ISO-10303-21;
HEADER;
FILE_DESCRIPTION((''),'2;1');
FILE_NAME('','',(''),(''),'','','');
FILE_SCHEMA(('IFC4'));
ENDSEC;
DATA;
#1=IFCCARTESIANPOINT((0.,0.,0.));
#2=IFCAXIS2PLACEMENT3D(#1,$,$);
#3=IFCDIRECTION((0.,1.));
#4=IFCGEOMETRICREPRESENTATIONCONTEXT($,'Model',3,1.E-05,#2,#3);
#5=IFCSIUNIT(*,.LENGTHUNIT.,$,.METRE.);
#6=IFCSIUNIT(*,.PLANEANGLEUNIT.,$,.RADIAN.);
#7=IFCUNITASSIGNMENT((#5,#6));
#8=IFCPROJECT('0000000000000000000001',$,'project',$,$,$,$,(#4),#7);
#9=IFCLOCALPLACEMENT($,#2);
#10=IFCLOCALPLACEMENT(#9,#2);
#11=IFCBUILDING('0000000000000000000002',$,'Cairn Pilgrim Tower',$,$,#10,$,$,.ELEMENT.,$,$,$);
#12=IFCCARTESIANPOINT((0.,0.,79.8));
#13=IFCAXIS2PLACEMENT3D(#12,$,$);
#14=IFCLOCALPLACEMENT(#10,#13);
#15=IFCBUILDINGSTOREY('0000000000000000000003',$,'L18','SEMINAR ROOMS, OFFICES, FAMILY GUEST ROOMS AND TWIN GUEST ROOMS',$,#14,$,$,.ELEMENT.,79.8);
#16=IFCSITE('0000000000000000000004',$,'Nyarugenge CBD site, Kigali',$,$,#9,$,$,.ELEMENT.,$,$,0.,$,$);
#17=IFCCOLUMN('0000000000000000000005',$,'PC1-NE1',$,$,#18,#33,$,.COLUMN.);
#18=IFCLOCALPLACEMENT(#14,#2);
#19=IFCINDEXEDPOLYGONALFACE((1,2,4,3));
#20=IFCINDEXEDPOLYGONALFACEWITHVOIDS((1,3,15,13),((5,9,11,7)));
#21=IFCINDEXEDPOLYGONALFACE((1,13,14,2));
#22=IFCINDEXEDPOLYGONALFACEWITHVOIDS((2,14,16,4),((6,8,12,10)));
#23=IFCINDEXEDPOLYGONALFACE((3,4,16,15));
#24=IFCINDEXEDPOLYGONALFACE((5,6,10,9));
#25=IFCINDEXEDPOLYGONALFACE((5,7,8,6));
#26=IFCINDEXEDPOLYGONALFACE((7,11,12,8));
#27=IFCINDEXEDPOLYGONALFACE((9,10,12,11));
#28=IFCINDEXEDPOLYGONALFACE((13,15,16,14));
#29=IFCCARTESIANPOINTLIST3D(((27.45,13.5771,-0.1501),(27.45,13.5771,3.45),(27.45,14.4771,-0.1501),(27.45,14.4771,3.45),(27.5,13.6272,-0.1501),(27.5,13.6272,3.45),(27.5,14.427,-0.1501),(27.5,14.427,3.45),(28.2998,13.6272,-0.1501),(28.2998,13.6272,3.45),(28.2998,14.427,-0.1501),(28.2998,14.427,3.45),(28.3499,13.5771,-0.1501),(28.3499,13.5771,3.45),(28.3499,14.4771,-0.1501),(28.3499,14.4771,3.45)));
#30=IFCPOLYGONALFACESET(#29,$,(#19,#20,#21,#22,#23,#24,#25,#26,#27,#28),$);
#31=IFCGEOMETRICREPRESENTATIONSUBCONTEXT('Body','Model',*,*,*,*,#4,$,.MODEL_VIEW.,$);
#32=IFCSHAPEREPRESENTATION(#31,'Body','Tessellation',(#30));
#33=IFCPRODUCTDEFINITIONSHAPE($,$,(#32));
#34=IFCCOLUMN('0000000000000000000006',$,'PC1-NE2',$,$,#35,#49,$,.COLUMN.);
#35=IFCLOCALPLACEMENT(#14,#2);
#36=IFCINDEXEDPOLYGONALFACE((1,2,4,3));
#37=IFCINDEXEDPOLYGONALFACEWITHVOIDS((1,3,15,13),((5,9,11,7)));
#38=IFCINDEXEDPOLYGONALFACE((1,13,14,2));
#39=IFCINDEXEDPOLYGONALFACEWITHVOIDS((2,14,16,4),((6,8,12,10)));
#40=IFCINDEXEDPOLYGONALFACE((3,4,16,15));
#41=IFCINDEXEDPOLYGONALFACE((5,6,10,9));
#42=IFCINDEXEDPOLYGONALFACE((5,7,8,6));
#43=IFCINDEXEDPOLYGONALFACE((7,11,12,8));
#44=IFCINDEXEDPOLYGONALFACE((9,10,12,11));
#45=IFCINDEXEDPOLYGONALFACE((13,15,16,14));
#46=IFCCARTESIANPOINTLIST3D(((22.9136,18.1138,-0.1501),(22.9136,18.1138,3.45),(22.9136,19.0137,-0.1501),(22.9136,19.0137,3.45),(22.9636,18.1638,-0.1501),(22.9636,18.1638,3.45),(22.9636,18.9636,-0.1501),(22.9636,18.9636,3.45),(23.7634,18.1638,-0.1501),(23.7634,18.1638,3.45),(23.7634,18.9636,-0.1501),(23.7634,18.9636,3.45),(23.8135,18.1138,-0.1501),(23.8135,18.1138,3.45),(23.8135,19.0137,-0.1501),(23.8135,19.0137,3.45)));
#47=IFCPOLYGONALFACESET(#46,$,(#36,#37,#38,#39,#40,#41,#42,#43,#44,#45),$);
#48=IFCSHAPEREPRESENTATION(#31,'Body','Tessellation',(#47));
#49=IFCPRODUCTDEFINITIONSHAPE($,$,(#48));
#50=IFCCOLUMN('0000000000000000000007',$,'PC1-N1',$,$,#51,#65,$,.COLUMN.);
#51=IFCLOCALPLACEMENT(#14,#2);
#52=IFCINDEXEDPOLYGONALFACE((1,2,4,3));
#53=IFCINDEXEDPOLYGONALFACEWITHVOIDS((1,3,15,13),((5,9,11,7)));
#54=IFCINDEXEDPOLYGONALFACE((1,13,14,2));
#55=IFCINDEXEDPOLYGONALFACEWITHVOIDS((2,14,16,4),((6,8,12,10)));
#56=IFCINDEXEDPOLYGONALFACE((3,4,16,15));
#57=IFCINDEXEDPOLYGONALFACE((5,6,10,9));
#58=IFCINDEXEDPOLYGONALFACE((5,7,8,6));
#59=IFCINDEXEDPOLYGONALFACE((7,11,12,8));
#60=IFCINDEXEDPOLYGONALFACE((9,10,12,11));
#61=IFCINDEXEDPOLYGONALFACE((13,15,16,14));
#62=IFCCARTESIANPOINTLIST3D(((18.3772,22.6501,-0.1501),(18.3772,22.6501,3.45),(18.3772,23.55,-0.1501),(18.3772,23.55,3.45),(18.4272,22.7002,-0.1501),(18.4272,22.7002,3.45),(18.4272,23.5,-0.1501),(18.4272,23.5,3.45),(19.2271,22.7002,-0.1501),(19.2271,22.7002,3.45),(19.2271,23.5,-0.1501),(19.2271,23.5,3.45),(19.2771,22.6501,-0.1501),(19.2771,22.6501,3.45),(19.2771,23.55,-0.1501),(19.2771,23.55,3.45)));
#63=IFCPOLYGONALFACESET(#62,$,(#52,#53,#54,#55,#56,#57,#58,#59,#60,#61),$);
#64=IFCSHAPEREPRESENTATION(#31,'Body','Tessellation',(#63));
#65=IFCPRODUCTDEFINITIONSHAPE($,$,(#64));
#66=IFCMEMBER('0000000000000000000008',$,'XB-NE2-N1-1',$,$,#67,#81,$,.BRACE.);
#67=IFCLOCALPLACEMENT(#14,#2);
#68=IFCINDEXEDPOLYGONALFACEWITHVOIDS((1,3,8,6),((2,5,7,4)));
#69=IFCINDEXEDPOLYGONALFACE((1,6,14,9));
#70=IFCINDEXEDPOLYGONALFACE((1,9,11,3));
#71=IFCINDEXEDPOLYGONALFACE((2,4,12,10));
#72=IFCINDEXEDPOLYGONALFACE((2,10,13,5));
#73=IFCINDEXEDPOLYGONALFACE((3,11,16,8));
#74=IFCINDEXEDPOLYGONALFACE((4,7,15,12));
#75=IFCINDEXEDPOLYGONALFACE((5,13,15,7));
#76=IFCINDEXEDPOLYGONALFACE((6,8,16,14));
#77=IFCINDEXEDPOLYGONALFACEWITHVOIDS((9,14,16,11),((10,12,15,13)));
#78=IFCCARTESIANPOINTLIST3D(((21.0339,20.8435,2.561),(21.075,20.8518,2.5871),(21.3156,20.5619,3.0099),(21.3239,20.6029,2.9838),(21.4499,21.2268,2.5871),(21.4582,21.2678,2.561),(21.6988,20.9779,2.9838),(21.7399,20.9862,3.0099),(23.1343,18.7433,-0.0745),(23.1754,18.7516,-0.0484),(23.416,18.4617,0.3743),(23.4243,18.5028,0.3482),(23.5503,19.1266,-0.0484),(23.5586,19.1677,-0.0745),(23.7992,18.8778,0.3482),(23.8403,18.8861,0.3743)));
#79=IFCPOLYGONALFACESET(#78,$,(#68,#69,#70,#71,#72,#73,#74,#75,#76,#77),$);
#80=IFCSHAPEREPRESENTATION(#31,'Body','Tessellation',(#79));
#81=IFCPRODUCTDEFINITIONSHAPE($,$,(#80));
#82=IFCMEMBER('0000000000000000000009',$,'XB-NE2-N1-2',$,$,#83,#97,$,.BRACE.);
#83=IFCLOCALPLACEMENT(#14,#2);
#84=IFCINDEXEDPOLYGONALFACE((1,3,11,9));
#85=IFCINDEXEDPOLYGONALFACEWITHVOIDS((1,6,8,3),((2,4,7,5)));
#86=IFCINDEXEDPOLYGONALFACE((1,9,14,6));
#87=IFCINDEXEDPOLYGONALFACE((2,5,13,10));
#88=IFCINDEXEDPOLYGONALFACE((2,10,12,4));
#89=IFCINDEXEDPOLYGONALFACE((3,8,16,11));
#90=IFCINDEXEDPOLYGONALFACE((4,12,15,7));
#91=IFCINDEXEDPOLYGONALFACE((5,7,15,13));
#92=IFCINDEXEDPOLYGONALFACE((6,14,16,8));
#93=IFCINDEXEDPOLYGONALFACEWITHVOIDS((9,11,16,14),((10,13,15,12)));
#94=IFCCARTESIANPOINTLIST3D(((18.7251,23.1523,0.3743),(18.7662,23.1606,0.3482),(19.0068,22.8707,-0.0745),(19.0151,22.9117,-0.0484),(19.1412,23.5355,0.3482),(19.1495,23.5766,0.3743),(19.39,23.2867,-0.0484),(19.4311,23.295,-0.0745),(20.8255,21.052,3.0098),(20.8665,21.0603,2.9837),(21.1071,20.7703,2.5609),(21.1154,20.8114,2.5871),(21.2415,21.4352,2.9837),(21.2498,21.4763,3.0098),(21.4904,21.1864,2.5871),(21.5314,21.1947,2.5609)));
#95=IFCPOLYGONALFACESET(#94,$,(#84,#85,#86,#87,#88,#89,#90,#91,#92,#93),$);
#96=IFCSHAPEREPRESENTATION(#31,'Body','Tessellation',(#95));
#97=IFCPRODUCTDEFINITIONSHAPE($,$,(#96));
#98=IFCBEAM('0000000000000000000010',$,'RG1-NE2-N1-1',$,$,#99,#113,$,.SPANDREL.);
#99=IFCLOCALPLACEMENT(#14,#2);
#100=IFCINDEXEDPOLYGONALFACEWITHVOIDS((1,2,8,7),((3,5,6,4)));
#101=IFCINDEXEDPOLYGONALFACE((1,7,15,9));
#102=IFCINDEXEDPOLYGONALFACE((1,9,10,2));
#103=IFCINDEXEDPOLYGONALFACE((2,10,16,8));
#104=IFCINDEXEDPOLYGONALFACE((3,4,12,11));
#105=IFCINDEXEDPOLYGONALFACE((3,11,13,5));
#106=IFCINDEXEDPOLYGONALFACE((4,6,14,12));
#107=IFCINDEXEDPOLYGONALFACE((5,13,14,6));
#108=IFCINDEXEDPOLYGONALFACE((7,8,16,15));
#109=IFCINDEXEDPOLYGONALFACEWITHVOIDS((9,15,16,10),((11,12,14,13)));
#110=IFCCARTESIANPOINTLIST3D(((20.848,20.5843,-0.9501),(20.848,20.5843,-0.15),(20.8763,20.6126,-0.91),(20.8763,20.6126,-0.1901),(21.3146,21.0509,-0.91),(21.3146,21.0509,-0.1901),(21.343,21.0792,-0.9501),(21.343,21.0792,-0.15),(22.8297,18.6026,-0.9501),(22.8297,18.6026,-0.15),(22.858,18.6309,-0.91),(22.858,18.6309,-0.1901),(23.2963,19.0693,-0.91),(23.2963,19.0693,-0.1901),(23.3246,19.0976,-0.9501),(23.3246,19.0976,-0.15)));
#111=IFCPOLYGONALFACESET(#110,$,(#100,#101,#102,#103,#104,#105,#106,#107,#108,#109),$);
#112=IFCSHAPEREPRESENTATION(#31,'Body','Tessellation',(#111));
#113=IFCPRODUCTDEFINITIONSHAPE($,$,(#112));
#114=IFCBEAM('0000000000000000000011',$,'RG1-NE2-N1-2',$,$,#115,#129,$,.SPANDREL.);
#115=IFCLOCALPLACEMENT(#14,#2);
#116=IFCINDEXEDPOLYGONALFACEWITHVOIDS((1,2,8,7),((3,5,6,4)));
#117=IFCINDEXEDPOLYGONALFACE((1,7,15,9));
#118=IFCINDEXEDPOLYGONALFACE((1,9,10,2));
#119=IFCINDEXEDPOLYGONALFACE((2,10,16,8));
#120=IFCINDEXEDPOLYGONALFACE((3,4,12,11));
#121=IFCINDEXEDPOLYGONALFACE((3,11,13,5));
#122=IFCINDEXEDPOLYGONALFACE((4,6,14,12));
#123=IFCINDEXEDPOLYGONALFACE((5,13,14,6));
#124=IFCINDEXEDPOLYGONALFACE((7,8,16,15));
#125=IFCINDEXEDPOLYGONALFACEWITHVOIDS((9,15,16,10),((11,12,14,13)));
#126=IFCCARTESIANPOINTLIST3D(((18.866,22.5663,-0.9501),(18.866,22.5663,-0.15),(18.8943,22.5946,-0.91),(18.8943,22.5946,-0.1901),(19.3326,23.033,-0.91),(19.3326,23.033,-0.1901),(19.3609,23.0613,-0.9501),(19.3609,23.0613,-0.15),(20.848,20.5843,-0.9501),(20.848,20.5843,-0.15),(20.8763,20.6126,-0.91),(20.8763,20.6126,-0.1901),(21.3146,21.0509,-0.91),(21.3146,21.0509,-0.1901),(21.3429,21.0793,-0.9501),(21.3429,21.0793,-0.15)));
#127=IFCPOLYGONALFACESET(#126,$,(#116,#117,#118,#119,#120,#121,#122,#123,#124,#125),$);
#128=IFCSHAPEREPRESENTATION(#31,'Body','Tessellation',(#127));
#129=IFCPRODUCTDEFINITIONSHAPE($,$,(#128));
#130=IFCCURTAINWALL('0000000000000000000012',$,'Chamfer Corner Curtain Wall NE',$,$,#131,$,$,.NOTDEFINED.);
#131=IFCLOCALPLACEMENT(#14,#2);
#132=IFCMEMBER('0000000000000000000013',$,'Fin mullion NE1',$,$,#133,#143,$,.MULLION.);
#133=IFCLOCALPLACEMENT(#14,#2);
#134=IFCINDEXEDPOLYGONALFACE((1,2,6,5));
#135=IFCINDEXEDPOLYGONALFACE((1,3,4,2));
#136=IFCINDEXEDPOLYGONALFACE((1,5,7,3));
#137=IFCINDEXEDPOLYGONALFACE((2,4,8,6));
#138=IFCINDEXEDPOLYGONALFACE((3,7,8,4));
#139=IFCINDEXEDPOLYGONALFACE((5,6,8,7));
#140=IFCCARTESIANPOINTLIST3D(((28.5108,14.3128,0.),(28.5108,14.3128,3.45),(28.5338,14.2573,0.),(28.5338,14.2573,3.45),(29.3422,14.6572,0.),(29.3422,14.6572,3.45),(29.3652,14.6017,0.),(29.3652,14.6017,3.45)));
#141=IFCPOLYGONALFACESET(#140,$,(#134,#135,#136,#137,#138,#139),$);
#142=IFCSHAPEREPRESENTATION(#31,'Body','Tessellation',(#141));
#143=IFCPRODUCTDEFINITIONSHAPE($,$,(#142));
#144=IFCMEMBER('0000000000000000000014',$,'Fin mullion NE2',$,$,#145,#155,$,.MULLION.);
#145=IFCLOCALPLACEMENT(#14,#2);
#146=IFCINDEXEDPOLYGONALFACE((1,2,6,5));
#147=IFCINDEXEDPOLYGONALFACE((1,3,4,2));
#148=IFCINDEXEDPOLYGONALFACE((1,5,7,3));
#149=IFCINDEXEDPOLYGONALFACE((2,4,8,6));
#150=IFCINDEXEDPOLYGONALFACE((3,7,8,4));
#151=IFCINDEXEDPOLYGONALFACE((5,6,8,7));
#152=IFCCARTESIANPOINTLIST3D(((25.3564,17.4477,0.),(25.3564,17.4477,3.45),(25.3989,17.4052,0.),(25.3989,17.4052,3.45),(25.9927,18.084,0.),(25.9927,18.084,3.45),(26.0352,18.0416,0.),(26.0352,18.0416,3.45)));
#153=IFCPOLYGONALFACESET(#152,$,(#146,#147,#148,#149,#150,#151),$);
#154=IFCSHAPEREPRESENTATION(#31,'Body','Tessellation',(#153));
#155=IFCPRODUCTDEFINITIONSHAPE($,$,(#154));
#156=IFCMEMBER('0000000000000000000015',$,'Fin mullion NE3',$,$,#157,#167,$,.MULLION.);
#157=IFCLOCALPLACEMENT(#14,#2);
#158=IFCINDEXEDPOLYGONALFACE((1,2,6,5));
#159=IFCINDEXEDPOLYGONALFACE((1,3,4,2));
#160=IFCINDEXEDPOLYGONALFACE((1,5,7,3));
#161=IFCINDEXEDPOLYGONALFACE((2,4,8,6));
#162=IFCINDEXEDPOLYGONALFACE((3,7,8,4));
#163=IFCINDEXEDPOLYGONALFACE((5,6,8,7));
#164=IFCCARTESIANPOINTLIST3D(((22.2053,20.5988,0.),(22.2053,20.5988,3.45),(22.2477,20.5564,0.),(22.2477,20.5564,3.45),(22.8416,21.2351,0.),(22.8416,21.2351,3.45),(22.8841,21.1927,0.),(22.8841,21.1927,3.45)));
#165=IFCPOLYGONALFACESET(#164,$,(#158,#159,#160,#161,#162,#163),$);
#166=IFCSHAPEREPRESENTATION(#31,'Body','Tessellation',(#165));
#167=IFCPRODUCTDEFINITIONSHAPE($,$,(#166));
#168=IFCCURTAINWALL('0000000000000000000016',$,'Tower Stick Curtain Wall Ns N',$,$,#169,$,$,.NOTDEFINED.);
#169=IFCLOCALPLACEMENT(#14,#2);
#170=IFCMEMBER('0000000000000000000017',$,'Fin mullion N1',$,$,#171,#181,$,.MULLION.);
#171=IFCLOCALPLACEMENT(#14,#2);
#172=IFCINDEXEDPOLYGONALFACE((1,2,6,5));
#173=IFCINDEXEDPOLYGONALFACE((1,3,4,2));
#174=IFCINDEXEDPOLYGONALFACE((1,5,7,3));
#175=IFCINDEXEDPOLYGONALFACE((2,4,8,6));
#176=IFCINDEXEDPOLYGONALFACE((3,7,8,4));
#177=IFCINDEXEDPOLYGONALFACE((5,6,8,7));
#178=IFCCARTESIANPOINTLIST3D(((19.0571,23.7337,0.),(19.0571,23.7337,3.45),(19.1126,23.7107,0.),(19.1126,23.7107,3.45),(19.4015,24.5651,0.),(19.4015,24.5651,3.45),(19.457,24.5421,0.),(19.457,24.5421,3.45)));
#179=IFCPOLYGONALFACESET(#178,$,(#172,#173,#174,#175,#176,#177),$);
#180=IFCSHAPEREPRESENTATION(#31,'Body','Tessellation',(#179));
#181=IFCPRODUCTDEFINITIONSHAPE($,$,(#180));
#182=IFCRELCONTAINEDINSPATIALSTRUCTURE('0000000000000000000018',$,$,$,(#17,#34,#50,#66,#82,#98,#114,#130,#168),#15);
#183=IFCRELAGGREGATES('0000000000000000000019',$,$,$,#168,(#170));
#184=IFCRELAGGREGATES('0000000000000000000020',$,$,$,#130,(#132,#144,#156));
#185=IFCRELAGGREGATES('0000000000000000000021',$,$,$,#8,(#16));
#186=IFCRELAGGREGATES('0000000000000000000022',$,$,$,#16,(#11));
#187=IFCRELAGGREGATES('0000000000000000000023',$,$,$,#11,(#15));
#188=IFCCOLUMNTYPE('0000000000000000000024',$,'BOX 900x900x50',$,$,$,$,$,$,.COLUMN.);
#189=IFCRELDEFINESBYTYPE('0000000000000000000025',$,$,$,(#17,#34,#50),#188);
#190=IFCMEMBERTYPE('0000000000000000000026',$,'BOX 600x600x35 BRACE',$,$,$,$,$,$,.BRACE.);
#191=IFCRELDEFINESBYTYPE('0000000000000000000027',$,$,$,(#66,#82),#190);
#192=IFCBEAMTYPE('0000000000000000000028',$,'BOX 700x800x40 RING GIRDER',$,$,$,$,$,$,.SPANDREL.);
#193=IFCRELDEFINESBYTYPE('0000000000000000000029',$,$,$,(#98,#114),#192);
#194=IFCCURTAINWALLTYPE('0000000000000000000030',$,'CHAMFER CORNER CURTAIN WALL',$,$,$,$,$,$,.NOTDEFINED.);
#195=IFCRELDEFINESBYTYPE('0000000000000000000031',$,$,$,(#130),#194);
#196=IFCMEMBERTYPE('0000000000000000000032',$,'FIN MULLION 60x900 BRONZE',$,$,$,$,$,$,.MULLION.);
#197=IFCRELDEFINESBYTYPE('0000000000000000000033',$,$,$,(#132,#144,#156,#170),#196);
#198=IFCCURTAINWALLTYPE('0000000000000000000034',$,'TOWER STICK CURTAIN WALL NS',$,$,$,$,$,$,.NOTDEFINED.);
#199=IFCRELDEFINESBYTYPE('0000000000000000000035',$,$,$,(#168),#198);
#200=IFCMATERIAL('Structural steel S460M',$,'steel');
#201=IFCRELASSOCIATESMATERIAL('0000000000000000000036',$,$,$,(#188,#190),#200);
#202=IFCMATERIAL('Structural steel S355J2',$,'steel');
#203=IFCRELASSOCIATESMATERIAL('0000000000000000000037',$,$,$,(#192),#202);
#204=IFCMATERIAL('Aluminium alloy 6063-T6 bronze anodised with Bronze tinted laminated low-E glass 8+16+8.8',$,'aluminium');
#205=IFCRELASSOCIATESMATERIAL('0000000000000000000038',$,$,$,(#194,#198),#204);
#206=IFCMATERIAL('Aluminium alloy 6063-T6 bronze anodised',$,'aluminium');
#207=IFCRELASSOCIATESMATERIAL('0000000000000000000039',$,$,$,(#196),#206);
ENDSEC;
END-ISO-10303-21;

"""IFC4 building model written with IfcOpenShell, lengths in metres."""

from ifc_helpers import new_model, si_unit, direction, frame, origin, origin_2d, place, context, subcontext, project, spatial, rectangle, hollow_rectangle, extrude, material, material_profile, profile_set, type_object, element, aggregate, save


model = new_model("IFC4")

# Units and contexts
model_context = context("Model", 3, precision=1e-05, world=origin(), true_north=direction((0.0, 1.0)))
body_context = subcontext(model_context, "Body", "Model", "MODEL_VIEW")
ifc_project = project(units=[si_unit("LENGTHUNIT", "METRE"), si_unit("PLANEANGLEUNIT", "RADIAN")], contexts=[model_context])

# Site, building, storey
site_placement = place(None, origin())
site = spatial("IfcSite", under=ifc_project, at=site_placement, Name="Nyarugenge CBD site, Kigali", CompositionType="ELEMENT", RefElevation=0.0)
building_placement = place(site_placement, origin())
building = spatial("IfcBuilding", under=site, at=building_placement, Name="Cairn Pilgrim Tower", CompositionType="ELEMENT")
storey_placement = place(building_placement, frame((0.0, 0.0, 79.8)))
storey = spatial("IfcBuildingStorey", under=building, at=storey_placement, Name="L18", Description="SEMINAR ROOMS, OFFICES, FAMILY GUEST ROOMS AND TWIN GUEST ROOMS", CompositionType="ELEMENT", Elevation=79.8)

# Columns
ifc_material_1 = material(Name="Structural steel S460M", Category="steel")
ifc_material_profile_1 = material_profile(ifc_material_1, hollow_rectangle(XDim=0.8999, YDim=0.8999, WallThickness=0.05, at=origin_2d()), Name="BOX 900x900x50")
ifc_profile_set_1 = profile_set([ifc_material_profile_1], Name="Structural steel S460M")
column_type = type_object("IfcColumnType", Name="BOX 900x900x50", PredefinedType="COLUMN", material=ifc_profile_set_1)
for number, where, z_axis, x_axis, name in (
    (1, (27.8999, 14.0271, -0.1501), (0.0, 0.0, 1.0), (1.0, 0.0, 0.0), "PC1-NE1"),
    (2, (23.3635, 18.5637, -0.1501), (0.0, 0.0, 1.0), (1.0, 0.0, 0.0), "PC1-NE2"),
    (3, (18.8271, 23.1001, -0.1501), (0.0, 0.0, 1.0), (1.0, 0.0, 0.0), "PC1-N1"),
):
    element("IfcColumn", number, at=place(storey_placement, frame(where, z_axis=z_axis, x_axis=x_axis)), inside=storey, type_object=column_type, Name=name, PredefinedType="COLUMN", context=body_context, shape_type="SweptSolid", body=[
        extrude(hollow_rectangle(XDim=0.8999, YDim=0.8999, WallThickness=0.05, at=origin_2d()), origin(), (0.0, 0.0, 1.0), 3.6001),
    ])

# Members
ifc_material_profile_2 = material_profile(ifc_material_1, hollow_rectangle(XDim=0.6001, YDim=0.6001, WallThickness=0.0349, at=origin_2d()), Name="BOX 600x600x35")
ifc_profile_set_2 = profile_set([ifc_material_profile_2], Name="Structural steel S460M")
member_type_1 = type_object("IfcMemberType", Name="BOX 600x600x35 BRACE", PredefinedType="BRACE", material=ifc_profile_set_2)
for number, where, z_axis, x_axis, name in (
    (4, (23.4873, 18.8147, 0.1499), (-0.528939, 0.528878, 0.66371), (-0.707066, -0.707148, 0.0), "XB-NE2-N1-1"),
    (5, (19.0781, 23.2236, 0.1499), (0.528922, -0.528922, 0.663689), (0.707107, 0.707107, 0.0), "XB-NE2-N1-2"),
):
    element("IfcMember", number, at=place(storey_placement, frame(where, z_axis=z_axis, x_axis=x_axis)), inside=storey, type_object=member_type_1, Name=name, PredefinedType="BRACE", context=body_context, shape_type="SweptSolid", body=[
        extrude(hollow_rectangle(XDim=0.6001, YDim=0.6001, WallThickness=0.0349, at=origin_2d()), origin(), (0.0, 0.0, 1.0), 3.9709),
    ])

# Beams
ifc_material_2 = material(Name="Structural steel S355J2", Category="steel")
ifc_material_profile_3 = material_profile(ifc_material_2, hollow_rectangle(XDim=0.7, YDim=0.8, WallThickness=0.04, at=origin_2d()), Name="BOX 700x800x40")
ifc_profile_set_3 = profile_set([ifc_material_profile_3], Name="Structural steel S355J2")
beam_type_1 = type_object("IfcBeamType", Name="BOX 700x800x40 RING GIRDER", PredefinedType="SPANDREL", material=ifc_profile_set_3)
beam_1_placement = place(storey_placement, frame((23.0771, 18.8501, -0.55), z_axis=(-0.707107, 0.707107, 0.0), x_axis=(-0.707107, -0.707107, 0.0)))
element("IfcBeam", 6, at=beam_1_placement, inside=storey, type_object=beam_type_1, Name="RG1-NE2-N1-1", PredefinedType="SPANDREL", context=body_context, shape_type="SweptSolid", body=[
    extrude(hollow_rectangle(XDim=0.7, YDim=0.8, WallThickness=0.04, at=origin_2d()), origin(), (0.0, 0.0, 1.0), 2.8025),
])
beam_2_placement = place(storey_placement, frame((21.0955, 20.8318, -0.55), z_axis=(-0.707107, 0.707107, 0.0), x_axis=(-0.707107, -0.707107, 0.0)))
element("IfcBeam", 7, at=beam_2_placement, inside=storey, type_object=beam_type_1, Name="RG1-NE2-N1-2", PredefinedType="SPANDREL", context=body_context, shape_type="SweptSolid", body=[
    extrude(hollow_rectangle(XDim=0.7, YDim=0.8, WallThickness=0.04, at=origin_2d()), origin(), (0.0, 0.0, 1.0), 2.803),
])

# Curtain wall, members
ifc_material_3 = material(Name="Aluminium alloy 6063-T6 bronze anodised with Bronze tinted laminated low-E glass 8+16+8.8", Category="aluminium")
curtain_wall_type_1 = type_object("IfcCurtainWallType", Name="CHAMFER CORNER CURTAIN WALL", PredefinedType="NOTDEFINED", material=ifc_material_3)
curtain_wall_1_placement = place(storey_placement, origin())
curtain_wall_1 = element("IfcCurtainWall", 8, at=curtain_wall_1_placement, inside=storey, type_object=curtain_wall_type_1, Name="Chamfer Corner Curtain Wall NE", PredefinedType="NOTDEFINED")
ifc_material_4 = material(Name="Aluminium alloy 6063-T6 bronze anodised", Category="aluminium")
ifc_material_profile_4 = material_profile(ifc_material_4, rectangle(XDim=0.8999, YDim=0.0601, at=origin_2d()), Name="FIN MULLION 60x900 BRONZE")
ifc_profile_set_4 = profile_set([ifc_material_profile_4], Name="Aluminium alloy 6063-T6 bronze anodised")
member_type_2 = type_object("IfcMemberType", Name="FIN MULLION 60x900 BRONZE", PredefinedType="MULLION", material=ifc_profile_set_4)
member_1_placement = place(storey_placement, frame((28.938, 14.4573, 0.0), z_axis=(0.0, 0.0, 1.0), x_axis=(0.92388, 0.382683, 0.0)))
member_1 = element("IfcMember", 9, at=member_1_placement, type_object=member_type_2, Name="Fin mullion NE1", PredefinedType="MULLION", context=body_context, shape_type="SweptSolid", body=[
    extrude(rectangle(XDim=0.8999, YDim=0.0601, at=origin_2d()), origin(), (0.0, 0.0, 1.0), 3.45),
])
member_2_placement = place(storey_placement, frame((25.6958, 17.7446, 0.0), z_axis=(0.0, 0.0, 1.0), x_axis=(0.707107, 0.707107, 0.0)))
member_2 = element("IfcMember", 10, at=member_2_placement, type_object=member_type_2, Name="Fin mullion NE2", PredefinedType="MULLION", context=body_context, shape_type="SweptSolid", body=[
    extrude(rectangle(XDim=0.8999, YDim=0.0601, at=origin_2d()), origin(), (0.0, 0.0, 1.0), 3.45),
])
member_3_placement = place(storey_placement, frame((22.5447, 20.8958, 0.0), z_axis=(0.0, 0.0, 1.0), x_axis=(0.707107, 0.707107, 0.0)))
member_3 = element("IfcMember", 11, at=member_3_placement, type_object=member_type_2, Name="Fin mullion NE3", PredefinedType="MULLION", context=body_context, shape_type="SweptSolid", body=[
    extrude(rectangle(XDim=0.8999, YDim=0.0601, at=origin_2d()), origin(), (0.0, 0.0, 1.0), 3.45),
])

# Curtain wall, member
curtain_wall_type_2 = type_object("IfcCurtainWallType", Name="TOWER STICK CURTAIN WALL NS", PredefinedType="NOTDEFINED", material=ifc_material_3)
curtain_wall_2_placement = place(storey_placement, origin())
curtain_wall_2 = element("IfcCurtainWall", 12, at=curtain_wall_2_placement, inside=storey, type_object=curtain_wall_type_2, Name="Tower Stick Curtain Wall Ns N", PredefinedType="NOTDEFINED")
member_4_placement = place(storey_placement, frame((19.2571, 24.1379, 0.0), z_axis=(0.0, 0.0, 1.0), x_axis=(0.382683, 0.92388, 0.0)))
member_4 = element("IfcMember", 13, at=member_4_placement, type_object=member_type_2, Name="Fin mullion N1", PredefinedType="MULLION", context=body_context, shape_type="SweptSolid", body=[
    extrude(rectangle(XDim=0.8999, YDim=0.0601, at=origin_2d()), origin(), (0.0, 0.0, 1.0), 3.45),
])

aggregate(curtain_wall_2, [member_4])
aggregate(curtain_wall_1, [member_1, member_2, member_3])

save(model, "model.ifc")
